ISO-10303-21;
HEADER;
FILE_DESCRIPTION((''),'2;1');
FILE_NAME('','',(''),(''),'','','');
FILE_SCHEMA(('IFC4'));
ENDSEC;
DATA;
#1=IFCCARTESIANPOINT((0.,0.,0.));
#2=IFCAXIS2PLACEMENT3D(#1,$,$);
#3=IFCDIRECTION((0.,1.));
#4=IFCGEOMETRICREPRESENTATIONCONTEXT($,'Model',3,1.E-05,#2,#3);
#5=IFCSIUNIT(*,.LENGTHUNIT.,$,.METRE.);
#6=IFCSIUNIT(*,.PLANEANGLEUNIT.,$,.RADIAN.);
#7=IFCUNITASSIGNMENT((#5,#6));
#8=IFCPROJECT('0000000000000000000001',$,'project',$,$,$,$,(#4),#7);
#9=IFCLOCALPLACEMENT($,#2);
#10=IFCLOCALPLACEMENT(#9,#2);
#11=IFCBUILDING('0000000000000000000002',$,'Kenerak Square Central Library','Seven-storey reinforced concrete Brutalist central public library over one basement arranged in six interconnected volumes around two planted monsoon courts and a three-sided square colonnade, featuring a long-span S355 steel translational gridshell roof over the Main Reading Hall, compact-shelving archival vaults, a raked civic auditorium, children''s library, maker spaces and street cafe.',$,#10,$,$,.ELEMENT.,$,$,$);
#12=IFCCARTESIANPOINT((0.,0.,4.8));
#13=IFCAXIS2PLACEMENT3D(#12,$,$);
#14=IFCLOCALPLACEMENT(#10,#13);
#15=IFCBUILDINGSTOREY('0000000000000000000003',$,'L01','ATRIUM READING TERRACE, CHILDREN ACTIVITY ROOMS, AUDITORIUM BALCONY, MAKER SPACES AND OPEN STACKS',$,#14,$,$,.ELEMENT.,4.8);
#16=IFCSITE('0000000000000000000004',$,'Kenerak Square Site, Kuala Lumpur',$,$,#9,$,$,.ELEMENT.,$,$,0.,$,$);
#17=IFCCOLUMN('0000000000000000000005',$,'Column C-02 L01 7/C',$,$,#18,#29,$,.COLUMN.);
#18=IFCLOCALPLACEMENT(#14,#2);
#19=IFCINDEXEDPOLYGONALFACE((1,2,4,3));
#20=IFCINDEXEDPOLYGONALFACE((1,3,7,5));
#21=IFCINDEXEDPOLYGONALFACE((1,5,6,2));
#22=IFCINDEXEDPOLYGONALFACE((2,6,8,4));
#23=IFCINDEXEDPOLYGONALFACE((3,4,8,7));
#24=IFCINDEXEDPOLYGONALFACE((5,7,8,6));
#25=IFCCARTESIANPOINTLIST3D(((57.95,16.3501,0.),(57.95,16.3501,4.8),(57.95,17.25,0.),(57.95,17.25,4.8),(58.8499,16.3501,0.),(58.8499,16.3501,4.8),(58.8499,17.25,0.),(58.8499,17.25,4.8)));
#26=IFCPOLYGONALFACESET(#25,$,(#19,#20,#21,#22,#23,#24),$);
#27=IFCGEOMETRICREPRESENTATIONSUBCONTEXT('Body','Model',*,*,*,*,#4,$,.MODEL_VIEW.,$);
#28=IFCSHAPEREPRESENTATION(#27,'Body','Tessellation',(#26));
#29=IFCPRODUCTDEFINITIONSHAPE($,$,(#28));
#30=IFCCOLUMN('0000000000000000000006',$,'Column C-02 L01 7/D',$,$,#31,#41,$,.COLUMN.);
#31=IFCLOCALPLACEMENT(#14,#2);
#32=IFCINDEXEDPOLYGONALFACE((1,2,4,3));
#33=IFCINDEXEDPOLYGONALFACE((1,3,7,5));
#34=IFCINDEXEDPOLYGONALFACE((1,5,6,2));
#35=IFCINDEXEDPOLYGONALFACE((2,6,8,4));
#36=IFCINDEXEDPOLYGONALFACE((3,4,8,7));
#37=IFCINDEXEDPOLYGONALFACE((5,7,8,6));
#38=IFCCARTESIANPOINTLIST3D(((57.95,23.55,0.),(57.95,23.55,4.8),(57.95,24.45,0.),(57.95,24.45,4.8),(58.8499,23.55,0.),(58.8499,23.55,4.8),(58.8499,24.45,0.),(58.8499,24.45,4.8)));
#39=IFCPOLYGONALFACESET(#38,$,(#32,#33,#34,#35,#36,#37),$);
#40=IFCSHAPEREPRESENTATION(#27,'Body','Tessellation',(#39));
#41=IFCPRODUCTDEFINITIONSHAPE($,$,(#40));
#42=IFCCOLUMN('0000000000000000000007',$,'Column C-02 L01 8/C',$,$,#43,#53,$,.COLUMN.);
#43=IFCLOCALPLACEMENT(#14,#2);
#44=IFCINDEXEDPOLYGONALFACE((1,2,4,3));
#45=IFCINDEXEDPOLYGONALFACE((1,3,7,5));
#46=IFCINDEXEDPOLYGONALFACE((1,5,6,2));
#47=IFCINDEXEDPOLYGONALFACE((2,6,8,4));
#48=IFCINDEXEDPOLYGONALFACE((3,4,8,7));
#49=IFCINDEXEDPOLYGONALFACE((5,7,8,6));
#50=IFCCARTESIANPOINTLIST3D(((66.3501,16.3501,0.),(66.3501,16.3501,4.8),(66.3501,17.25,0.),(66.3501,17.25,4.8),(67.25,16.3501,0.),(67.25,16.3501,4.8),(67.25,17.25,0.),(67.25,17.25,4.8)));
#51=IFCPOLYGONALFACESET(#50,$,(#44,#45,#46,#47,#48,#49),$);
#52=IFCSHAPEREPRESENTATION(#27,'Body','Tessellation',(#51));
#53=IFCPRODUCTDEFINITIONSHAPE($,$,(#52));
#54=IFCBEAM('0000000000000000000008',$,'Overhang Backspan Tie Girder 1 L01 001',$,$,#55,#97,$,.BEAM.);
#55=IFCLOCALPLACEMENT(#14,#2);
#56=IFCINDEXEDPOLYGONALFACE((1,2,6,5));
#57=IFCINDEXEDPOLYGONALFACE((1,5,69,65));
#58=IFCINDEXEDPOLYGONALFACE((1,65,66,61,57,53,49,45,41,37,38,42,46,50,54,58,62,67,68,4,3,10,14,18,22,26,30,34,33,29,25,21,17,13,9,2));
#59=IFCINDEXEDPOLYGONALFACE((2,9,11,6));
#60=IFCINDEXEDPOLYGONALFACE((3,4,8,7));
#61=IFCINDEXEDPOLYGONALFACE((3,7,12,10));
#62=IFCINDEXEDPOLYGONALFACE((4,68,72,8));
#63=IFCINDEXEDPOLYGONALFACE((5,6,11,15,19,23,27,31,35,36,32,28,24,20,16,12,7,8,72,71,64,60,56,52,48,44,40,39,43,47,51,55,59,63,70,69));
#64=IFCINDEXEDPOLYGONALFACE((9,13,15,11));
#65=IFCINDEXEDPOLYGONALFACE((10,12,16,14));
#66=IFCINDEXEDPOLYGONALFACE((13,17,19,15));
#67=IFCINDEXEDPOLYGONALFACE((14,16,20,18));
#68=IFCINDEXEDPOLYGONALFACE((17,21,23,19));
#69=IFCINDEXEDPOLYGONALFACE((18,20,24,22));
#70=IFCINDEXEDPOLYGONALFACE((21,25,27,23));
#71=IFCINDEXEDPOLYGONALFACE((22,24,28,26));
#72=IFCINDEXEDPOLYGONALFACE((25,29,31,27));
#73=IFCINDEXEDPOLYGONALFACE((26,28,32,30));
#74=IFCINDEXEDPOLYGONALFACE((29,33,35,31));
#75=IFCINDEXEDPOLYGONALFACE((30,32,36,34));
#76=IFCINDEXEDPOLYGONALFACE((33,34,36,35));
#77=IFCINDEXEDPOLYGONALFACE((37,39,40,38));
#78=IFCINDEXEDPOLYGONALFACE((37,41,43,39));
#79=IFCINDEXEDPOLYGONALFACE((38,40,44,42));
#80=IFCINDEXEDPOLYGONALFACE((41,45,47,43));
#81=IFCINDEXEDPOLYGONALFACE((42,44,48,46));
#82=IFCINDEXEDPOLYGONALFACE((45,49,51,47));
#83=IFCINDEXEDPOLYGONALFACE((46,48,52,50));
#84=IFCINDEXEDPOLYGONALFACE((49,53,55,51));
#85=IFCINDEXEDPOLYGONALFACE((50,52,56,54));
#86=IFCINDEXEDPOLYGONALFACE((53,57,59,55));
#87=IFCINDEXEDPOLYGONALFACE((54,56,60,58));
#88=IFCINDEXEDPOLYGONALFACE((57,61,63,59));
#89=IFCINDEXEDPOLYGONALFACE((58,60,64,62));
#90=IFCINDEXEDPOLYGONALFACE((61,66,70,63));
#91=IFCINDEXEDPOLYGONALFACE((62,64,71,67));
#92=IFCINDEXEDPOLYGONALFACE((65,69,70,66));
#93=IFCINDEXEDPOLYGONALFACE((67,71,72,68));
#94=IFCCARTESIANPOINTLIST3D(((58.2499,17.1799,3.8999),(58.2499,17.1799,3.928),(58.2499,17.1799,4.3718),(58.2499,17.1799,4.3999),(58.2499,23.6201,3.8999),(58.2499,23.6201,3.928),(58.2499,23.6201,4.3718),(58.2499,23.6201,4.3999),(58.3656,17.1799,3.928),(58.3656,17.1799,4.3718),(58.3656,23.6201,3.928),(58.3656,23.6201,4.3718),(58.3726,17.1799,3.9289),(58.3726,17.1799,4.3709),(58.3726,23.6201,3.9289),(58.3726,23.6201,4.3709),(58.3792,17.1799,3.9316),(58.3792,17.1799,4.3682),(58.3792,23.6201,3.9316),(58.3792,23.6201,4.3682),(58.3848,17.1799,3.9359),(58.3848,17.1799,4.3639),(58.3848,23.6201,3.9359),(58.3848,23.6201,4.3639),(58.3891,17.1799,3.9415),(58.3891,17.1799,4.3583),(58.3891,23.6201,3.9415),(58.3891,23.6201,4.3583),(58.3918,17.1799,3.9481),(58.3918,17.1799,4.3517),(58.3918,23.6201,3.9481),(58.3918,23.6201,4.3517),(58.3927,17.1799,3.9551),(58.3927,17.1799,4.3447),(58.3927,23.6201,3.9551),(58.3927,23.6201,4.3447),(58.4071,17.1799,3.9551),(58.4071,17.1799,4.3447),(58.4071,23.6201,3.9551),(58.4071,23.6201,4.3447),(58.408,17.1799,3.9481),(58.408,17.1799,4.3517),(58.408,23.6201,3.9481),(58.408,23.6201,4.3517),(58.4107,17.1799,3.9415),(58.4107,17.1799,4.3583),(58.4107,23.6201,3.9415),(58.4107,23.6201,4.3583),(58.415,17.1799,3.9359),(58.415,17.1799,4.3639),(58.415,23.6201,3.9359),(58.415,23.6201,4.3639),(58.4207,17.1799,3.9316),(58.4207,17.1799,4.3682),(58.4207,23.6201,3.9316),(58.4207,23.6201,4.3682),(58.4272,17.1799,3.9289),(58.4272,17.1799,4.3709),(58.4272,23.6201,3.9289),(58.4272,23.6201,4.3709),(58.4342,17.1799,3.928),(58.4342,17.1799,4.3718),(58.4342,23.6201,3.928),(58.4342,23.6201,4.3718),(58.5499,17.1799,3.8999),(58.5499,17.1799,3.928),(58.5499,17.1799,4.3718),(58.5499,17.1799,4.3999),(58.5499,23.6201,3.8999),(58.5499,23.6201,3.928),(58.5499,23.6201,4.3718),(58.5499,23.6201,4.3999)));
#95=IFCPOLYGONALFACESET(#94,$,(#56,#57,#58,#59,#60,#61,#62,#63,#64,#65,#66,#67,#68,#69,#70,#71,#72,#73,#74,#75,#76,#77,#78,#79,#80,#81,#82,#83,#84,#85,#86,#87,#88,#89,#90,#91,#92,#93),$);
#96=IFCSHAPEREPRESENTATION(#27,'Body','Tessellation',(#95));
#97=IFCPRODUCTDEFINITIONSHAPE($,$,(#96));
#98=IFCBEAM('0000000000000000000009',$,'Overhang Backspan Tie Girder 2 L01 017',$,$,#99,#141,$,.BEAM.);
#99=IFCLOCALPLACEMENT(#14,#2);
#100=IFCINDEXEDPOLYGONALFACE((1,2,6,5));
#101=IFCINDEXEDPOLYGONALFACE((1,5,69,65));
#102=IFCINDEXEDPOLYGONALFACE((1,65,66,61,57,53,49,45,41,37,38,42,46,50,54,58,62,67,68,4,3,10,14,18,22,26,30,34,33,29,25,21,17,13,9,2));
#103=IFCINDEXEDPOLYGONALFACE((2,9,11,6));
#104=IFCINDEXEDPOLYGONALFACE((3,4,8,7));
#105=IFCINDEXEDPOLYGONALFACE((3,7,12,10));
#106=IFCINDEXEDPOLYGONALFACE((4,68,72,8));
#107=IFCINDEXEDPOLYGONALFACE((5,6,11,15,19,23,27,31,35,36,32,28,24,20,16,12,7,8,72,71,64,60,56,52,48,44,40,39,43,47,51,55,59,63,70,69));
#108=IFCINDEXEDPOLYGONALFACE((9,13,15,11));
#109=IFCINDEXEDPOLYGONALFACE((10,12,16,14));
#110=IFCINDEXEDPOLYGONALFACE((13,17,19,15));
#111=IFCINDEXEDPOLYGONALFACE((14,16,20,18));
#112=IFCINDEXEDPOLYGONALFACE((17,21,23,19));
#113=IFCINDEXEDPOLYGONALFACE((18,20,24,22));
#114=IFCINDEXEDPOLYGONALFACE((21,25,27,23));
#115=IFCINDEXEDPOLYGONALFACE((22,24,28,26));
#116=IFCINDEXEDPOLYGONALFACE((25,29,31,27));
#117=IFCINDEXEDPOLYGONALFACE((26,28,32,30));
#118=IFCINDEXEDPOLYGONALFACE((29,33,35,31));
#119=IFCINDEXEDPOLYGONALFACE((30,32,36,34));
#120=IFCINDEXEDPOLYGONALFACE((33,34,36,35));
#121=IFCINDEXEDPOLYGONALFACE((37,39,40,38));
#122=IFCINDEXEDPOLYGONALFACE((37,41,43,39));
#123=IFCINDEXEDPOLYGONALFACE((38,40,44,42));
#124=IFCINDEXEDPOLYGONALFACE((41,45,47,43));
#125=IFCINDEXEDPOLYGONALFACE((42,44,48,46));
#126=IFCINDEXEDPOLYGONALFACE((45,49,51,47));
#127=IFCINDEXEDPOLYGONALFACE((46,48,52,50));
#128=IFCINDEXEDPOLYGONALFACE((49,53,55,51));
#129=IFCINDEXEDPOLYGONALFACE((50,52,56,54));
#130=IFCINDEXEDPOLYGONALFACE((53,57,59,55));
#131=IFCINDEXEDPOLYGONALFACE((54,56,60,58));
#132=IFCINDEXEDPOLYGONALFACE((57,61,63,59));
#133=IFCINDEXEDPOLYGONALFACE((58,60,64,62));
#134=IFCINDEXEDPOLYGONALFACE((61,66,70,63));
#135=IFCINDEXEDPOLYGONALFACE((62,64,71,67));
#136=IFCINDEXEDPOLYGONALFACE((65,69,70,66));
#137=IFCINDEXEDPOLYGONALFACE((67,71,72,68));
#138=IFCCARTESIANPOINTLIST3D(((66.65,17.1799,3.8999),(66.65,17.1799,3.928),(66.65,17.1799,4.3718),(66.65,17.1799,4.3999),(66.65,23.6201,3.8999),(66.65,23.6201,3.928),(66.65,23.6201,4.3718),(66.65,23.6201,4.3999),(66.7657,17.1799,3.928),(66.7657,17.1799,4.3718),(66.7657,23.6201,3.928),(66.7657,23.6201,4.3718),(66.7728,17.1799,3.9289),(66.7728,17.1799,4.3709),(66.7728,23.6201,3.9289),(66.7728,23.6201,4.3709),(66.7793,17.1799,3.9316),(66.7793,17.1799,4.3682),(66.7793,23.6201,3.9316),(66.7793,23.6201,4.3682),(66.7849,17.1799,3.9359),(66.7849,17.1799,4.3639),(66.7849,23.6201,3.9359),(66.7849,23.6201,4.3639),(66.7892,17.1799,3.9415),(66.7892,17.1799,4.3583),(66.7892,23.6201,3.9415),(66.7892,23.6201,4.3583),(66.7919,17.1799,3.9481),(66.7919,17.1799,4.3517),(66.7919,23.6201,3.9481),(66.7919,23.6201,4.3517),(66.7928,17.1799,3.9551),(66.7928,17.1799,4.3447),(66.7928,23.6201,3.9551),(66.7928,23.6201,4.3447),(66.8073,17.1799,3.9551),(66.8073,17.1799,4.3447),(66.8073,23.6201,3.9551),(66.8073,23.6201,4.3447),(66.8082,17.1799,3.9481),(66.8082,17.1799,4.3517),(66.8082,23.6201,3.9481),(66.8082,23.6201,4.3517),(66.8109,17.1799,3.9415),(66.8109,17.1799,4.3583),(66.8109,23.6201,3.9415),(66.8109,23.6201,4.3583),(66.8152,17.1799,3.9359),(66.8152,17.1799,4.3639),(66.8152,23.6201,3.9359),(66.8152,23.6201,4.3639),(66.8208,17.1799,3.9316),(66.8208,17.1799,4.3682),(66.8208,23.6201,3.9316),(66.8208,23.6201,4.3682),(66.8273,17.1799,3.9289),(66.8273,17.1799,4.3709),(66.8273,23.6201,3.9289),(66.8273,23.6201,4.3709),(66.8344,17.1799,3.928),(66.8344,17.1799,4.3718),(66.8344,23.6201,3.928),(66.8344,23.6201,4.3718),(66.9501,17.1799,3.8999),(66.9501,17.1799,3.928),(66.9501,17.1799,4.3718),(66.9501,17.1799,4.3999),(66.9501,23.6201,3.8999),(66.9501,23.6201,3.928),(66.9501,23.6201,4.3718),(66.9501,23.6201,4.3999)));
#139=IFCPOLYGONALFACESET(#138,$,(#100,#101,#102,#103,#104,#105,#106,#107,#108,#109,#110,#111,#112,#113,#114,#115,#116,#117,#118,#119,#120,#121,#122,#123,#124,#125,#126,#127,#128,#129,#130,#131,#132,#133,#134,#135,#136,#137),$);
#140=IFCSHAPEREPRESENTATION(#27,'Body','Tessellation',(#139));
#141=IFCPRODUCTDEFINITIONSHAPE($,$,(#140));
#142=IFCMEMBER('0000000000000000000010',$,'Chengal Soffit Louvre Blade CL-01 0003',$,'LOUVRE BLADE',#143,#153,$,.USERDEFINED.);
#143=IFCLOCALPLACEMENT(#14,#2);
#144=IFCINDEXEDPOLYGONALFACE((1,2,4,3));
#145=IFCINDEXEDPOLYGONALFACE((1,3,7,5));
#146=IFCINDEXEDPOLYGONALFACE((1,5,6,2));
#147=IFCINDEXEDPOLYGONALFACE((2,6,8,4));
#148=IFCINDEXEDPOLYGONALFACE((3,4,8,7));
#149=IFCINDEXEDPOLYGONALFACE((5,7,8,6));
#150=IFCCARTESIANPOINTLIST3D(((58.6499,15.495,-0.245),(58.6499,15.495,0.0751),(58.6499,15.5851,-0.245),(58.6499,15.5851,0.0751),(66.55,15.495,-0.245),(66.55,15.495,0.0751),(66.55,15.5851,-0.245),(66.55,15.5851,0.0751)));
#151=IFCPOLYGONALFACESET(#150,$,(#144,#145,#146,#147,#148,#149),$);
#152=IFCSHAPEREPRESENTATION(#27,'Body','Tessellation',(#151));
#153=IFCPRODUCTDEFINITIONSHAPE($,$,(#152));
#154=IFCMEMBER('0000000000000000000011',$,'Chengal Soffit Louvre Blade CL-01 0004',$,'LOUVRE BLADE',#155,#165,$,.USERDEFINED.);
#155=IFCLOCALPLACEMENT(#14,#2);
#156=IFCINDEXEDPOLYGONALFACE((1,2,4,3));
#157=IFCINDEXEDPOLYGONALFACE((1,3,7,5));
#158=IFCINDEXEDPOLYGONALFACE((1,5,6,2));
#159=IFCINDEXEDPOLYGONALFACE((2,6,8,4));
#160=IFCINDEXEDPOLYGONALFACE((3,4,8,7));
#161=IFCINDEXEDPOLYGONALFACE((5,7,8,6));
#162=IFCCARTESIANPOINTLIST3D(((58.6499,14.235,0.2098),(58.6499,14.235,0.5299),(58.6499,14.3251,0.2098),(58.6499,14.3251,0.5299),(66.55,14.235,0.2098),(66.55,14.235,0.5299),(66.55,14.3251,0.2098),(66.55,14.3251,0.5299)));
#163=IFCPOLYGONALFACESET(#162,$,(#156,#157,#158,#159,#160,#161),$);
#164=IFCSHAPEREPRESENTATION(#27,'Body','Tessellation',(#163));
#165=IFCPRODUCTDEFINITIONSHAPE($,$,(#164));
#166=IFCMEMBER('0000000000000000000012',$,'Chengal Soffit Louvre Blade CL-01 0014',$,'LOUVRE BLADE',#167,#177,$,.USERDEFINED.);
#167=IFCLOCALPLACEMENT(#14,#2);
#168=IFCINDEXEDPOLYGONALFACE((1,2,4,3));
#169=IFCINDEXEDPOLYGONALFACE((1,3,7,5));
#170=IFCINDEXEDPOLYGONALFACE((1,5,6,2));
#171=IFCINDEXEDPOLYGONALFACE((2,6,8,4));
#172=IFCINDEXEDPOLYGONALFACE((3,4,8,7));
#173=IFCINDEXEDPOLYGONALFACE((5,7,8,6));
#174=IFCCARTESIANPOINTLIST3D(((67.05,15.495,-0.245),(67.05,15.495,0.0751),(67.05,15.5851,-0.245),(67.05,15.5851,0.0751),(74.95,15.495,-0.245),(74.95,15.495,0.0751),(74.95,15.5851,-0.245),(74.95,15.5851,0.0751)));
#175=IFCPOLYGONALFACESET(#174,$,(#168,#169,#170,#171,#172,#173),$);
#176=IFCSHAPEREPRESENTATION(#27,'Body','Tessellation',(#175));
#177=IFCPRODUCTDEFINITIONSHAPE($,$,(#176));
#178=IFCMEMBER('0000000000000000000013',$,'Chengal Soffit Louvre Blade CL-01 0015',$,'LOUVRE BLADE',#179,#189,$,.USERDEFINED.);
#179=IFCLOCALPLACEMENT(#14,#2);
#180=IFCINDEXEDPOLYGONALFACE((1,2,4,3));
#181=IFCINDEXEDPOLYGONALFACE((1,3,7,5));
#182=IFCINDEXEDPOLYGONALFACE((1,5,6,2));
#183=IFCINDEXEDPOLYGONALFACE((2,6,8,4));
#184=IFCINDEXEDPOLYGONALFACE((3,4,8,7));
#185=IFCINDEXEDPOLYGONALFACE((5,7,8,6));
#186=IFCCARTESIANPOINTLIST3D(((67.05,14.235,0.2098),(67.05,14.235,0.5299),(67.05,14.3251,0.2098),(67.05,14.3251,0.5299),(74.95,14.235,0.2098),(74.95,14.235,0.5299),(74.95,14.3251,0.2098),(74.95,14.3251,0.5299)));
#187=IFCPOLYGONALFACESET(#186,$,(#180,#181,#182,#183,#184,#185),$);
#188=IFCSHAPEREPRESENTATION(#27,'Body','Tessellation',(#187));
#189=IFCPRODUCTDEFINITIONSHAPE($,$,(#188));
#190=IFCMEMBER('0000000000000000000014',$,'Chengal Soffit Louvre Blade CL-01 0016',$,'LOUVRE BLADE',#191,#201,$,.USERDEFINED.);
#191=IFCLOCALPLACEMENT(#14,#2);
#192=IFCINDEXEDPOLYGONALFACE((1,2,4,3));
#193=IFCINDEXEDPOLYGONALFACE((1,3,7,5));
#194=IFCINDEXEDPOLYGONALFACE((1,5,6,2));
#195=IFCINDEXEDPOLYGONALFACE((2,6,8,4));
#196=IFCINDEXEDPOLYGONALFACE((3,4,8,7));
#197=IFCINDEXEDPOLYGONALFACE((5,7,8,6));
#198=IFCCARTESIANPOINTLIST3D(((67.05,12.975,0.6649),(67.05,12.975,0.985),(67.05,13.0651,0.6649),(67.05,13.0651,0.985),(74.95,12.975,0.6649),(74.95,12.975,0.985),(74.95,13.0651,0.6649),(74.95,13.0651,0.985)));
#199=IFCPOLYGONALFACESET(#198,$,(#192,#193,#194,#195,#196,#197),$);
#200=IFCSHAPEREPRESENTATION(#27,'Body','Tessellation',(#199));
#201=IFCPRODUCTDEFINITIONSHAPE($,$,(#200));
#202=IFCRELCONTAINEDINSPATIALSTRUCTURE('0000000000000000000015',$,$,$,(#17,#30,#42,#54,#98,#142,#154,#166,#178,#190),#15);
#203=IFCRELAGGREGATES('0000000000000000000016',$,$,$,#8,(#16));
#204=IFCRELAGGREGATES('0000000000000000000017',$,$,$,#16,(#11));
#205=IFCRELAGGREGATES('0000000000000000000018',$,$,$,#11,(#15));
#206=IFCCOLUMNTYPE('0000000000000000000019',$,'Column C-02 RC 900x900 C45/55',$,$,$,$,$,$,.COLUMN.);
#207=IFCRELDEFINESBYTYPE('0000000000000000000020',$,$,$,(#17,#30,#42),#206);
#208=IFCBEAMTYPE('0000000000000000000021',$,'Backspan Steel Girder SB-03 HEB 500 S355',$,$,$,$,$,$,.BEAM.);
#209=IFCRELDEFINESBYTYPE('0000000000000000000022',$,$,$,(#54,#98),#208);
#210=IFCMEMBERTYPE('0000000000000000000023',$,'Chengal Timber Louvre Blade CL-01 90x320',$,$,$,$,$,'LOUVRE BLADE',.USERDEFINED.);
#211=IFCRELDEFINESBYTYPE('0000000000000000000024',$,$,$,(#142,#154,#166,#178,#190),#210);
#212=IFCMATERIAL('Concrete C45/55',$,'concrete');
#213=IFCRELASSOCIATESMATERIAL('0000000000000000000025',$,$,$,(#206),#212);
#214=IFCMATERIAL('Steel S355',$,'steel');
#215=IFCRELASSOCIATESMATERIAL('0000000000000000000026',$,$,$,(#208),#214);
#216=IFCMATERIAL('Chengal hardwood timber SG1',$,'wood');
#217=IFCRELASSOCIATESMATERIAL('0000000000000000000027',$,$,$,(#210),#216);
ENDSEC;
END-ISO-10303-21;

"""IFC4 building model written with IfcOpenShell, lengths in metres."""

from ifc_helpers import new_model, si_unit, direction, frame, origin, origin_2d, place, context, subcontext, project, spatial, rectangle, i_section, extrude, material, material_profile, profile_set, type_object, element, save


model = new_model("IFC4")

# Units and contexts
model_context = context("Model", 3, precision=1e-05, world=origin(), true_north=direction((0.0, 1.0)))
body_context = subcontext(model_context, "Body", "Model", "MODEL_VIEW")
ifc_project = project(units=[si_unit("LENGTHUNIT", "METRE"), si_unit("PLANEANGLEUNIT", "RADIAN")], contexts=[model_context])

# Site, building, storey
site_placement = place(None, origin())
site = spatial("IfcSite", under=ifc_project, at=site_placement, Name="Kenerak Square Site, Kuala Lumpur", CompositionType="ELEMENT", RefElevation=0.0)
building_placement = place(site_placement, origin())
building = spatial("IfcBuilding", under=site, at=building_placement, Name="Kenerak Square Central Library", Description="Seven-storey reinforced concrete Brutalist central public library over one basement arranged in six interconnected volumes around two planted monsoon courts and a three-sided square colonnade, featuring a long-span S355 steel translational gridshell roof over the Main Reading Hall, compact-shelving archival vaults, a raked civic auditorium, children's library, maker spaces and street cafe.", CompositionType="ELEMENT")
storey_placement = place(building_placement, frame((0.0, 0.0, 4.8)))
storey = spatial("IfcBuildingStorey", under=building, at=storey_placement, Name="L01", Description="ATRIUM READING TERRACE, CHILDREN ACTIVITY ROOMS, AUDITORIUM BALCONY, MAKER SPACES AND OPEN STACKS", CompositionType="ELEMENT", Elevation=4.8)

# Columns
ifc_material_1 = material(Name="Concrete C45/55", Category="concrete")
ifc_material_profile_1 = material_profile(ifc_material_1, rectangle(XDim=0.8999, YDim=0.8999, at=origin_2d()), Name="RC 900x900")
ifc_profile_set_1 = profile_set([ifc_material_profile_1], Name="Concrete C45/55")
column_type = type_object("IfcColumnType", Name="Column C-02 RC 900x900 C45/55", PredefinedType="COLUMN", material=ifc_profile_set_1)
for number, where, z_axis, x_axis, name in (
    (1, (58.3999, 16.8, 0.0), (0.0, 0.0, 1.0), (1.0, 0.0, 0.0), "Column C-02 L01 7/C"),
    (2, (58.3999, 24.0, 0.0), (0.0, 0.0, 1.0), (1.0, 0.0, 0.0), "Column C-02 L01 7/D"),
    (3, (66.8, 16.8, 0.0), (0.0, 0.0, 1.0), (1.0, 0.0, 0.0), "Column C-02 L01 8/C"),
):
    element("IfcColumn", number, at=place(storey_placement, frame(where, z_axis=z_axis, x_axis=x_axis)), inside=storey, type_object=column_type, Name=name, PredefinedType="COLUMN", context=body_context, shape_type="SweptSolid", body=[
        extrude(rectangle(XDim=0.8999, YDim=0.8999, at=origin_2d()), origin(), (0.0, 0.0, 1.0), 4.8),
    ])

# Beams
ifc_material_2 = material(Name="Steel S355", Category="steel")
ifc_material_profile_2 = material_profile(ifc_material_2, i_section(OverallWidth=0.3, OverallDepth=0.5, WebThickness=0.0144, FlangeThickness=0.0281, FilletRadius=0.0271, at=origin_2d()), Name="HEB 500")
ifc_profile_set_2 = profile_set([ifc_material_profile_2], Name="Steel S355")
beam_type_1 = type_object("IfcBeamType", Name="Backspan Steel Girder SB-03 HEB 500 S355", PredefinedType="BEAM", material=ifc_profile_set_2)
for number, where, z_axis, x_axis, name in (
    (4, (58.3999, 17.1799, 4.1499), (0.0, 1.0, 0.0), (-1.0, 0.0, 0.0), "Overhang Backspan Tie Girder 1 L01 001"),
    (5, (66.8, 17.1799, 4.1499), (0.0, 1.0, 0.0), (-1.0, 0.0, 0.0), "Overhang Backspan Tie Girder 2 L01 017"),
):
    element("IfcBeam", number, at=place(storey_placement, frame(where, z_axis=z_axis, x_axis=x_axis)), inside=storey, type_object=beam_type_1, Name=name, PredefinedType="BEAM", context=body_context, shape_type="SweptSolid", body=[
        extrude(i_section(OverallWidth=0.3, OverallDepth=0.5, WebThickness=0.0144, FlangeThickness=0.0281, FilletRadius=0.0271, at=origin_2d()), origin(), (0.0, 0.0, 1.0), 6.4402),
    ])

# Members
ifc_material_3 = material(Name="Chengal hardwood timber SG1", Category="wood")
ifc_material_profile_3 = material_profile(ifc_material_3, rectangle(XDim=0.0901, YDim=0.3201, at=origin_2d()), Name="CHENGAL 90x320")
ifc_profile_set_3 = profile_set([ifc_material_profile_3], Name="Chengal hardwood timber SG1")
member_type_1 = type_object("IfcMemberType", Name="Chengal Timber Louvre Blade CL-01 90x320", ElementType="LOUVRE BLADE", PredefinedType="USERDEFINED", material=ifc_profile_set_3)
for number, where, z_axis, x_axis, name in (
    (6, (58.6499, 15.54, -0.085), (1.0, 0.0, 0.0), (0.0, 1.0, 0.0), "Chengal Soffit Louvre Blade CL-01 0003"),
    (7, (58.6499, 14.28, 0.3699), (1.0, 0.0, 0.0), (0.0, 1.0, 0.0), "Chengal Soffit Louvre Blade CL-01 0004"),
):
    element("IfcMember", number, at=place(storey_placement, frame(where, z_axis=z_axis, x_axis=x_axis)), inside=storey, type_object=member_type_1, Name=name, ObjectType="LOUVRE BLADE", PredefinedType="USERDEFINED", context=body_context, shape_type="SweptSolid", body=[
        extrude(rectangle(XDim=0.0901, YDim=0.3201, at=origin_2d()), origin(), (0.0, 0.0, 1.0), 7.9001),
    ])
for number, where, z_axis, x_axis, name in (
    (8, (67.05, 15.54, -0.085), (1.0, 0.0, 0.0), (0.0, 1.0, 0.0), "Chengal Soffit Louvre Blade CL-01 0014"),
    (9, (67.05, 14.28, 0.3699), (1.0, 0.0, 0.0), (0.0, 1.0, 0.0), "Chengal Soffit Louvre Blade CL-01 0015"),
    (10, (67.05, 13.02, 0.825), (1.0, 0.0, 0.0), (0.0, 1.0, 0.0), "Chengal Soffit Louvre Blade CL-01 0016"),
):
    element("IfcMember", number, at=place(storey_placement, frame(where, z_axis=z_axis, x_axis=x_axis)), inside=storey, type_object=member_type_1, Name=name, ObjectType="LOUVRE BLADE", PredefinedType="USERDEFINED", context=body_context, shape_type="SweptSolid", body=[
        extrude(rectangle(XDim=0.0901, YDim=0.3201, at=origin_2d()), origin(), (0.0, 0.0, 1.0), 7.8999),
    ])

save(model, "model.ifc")
